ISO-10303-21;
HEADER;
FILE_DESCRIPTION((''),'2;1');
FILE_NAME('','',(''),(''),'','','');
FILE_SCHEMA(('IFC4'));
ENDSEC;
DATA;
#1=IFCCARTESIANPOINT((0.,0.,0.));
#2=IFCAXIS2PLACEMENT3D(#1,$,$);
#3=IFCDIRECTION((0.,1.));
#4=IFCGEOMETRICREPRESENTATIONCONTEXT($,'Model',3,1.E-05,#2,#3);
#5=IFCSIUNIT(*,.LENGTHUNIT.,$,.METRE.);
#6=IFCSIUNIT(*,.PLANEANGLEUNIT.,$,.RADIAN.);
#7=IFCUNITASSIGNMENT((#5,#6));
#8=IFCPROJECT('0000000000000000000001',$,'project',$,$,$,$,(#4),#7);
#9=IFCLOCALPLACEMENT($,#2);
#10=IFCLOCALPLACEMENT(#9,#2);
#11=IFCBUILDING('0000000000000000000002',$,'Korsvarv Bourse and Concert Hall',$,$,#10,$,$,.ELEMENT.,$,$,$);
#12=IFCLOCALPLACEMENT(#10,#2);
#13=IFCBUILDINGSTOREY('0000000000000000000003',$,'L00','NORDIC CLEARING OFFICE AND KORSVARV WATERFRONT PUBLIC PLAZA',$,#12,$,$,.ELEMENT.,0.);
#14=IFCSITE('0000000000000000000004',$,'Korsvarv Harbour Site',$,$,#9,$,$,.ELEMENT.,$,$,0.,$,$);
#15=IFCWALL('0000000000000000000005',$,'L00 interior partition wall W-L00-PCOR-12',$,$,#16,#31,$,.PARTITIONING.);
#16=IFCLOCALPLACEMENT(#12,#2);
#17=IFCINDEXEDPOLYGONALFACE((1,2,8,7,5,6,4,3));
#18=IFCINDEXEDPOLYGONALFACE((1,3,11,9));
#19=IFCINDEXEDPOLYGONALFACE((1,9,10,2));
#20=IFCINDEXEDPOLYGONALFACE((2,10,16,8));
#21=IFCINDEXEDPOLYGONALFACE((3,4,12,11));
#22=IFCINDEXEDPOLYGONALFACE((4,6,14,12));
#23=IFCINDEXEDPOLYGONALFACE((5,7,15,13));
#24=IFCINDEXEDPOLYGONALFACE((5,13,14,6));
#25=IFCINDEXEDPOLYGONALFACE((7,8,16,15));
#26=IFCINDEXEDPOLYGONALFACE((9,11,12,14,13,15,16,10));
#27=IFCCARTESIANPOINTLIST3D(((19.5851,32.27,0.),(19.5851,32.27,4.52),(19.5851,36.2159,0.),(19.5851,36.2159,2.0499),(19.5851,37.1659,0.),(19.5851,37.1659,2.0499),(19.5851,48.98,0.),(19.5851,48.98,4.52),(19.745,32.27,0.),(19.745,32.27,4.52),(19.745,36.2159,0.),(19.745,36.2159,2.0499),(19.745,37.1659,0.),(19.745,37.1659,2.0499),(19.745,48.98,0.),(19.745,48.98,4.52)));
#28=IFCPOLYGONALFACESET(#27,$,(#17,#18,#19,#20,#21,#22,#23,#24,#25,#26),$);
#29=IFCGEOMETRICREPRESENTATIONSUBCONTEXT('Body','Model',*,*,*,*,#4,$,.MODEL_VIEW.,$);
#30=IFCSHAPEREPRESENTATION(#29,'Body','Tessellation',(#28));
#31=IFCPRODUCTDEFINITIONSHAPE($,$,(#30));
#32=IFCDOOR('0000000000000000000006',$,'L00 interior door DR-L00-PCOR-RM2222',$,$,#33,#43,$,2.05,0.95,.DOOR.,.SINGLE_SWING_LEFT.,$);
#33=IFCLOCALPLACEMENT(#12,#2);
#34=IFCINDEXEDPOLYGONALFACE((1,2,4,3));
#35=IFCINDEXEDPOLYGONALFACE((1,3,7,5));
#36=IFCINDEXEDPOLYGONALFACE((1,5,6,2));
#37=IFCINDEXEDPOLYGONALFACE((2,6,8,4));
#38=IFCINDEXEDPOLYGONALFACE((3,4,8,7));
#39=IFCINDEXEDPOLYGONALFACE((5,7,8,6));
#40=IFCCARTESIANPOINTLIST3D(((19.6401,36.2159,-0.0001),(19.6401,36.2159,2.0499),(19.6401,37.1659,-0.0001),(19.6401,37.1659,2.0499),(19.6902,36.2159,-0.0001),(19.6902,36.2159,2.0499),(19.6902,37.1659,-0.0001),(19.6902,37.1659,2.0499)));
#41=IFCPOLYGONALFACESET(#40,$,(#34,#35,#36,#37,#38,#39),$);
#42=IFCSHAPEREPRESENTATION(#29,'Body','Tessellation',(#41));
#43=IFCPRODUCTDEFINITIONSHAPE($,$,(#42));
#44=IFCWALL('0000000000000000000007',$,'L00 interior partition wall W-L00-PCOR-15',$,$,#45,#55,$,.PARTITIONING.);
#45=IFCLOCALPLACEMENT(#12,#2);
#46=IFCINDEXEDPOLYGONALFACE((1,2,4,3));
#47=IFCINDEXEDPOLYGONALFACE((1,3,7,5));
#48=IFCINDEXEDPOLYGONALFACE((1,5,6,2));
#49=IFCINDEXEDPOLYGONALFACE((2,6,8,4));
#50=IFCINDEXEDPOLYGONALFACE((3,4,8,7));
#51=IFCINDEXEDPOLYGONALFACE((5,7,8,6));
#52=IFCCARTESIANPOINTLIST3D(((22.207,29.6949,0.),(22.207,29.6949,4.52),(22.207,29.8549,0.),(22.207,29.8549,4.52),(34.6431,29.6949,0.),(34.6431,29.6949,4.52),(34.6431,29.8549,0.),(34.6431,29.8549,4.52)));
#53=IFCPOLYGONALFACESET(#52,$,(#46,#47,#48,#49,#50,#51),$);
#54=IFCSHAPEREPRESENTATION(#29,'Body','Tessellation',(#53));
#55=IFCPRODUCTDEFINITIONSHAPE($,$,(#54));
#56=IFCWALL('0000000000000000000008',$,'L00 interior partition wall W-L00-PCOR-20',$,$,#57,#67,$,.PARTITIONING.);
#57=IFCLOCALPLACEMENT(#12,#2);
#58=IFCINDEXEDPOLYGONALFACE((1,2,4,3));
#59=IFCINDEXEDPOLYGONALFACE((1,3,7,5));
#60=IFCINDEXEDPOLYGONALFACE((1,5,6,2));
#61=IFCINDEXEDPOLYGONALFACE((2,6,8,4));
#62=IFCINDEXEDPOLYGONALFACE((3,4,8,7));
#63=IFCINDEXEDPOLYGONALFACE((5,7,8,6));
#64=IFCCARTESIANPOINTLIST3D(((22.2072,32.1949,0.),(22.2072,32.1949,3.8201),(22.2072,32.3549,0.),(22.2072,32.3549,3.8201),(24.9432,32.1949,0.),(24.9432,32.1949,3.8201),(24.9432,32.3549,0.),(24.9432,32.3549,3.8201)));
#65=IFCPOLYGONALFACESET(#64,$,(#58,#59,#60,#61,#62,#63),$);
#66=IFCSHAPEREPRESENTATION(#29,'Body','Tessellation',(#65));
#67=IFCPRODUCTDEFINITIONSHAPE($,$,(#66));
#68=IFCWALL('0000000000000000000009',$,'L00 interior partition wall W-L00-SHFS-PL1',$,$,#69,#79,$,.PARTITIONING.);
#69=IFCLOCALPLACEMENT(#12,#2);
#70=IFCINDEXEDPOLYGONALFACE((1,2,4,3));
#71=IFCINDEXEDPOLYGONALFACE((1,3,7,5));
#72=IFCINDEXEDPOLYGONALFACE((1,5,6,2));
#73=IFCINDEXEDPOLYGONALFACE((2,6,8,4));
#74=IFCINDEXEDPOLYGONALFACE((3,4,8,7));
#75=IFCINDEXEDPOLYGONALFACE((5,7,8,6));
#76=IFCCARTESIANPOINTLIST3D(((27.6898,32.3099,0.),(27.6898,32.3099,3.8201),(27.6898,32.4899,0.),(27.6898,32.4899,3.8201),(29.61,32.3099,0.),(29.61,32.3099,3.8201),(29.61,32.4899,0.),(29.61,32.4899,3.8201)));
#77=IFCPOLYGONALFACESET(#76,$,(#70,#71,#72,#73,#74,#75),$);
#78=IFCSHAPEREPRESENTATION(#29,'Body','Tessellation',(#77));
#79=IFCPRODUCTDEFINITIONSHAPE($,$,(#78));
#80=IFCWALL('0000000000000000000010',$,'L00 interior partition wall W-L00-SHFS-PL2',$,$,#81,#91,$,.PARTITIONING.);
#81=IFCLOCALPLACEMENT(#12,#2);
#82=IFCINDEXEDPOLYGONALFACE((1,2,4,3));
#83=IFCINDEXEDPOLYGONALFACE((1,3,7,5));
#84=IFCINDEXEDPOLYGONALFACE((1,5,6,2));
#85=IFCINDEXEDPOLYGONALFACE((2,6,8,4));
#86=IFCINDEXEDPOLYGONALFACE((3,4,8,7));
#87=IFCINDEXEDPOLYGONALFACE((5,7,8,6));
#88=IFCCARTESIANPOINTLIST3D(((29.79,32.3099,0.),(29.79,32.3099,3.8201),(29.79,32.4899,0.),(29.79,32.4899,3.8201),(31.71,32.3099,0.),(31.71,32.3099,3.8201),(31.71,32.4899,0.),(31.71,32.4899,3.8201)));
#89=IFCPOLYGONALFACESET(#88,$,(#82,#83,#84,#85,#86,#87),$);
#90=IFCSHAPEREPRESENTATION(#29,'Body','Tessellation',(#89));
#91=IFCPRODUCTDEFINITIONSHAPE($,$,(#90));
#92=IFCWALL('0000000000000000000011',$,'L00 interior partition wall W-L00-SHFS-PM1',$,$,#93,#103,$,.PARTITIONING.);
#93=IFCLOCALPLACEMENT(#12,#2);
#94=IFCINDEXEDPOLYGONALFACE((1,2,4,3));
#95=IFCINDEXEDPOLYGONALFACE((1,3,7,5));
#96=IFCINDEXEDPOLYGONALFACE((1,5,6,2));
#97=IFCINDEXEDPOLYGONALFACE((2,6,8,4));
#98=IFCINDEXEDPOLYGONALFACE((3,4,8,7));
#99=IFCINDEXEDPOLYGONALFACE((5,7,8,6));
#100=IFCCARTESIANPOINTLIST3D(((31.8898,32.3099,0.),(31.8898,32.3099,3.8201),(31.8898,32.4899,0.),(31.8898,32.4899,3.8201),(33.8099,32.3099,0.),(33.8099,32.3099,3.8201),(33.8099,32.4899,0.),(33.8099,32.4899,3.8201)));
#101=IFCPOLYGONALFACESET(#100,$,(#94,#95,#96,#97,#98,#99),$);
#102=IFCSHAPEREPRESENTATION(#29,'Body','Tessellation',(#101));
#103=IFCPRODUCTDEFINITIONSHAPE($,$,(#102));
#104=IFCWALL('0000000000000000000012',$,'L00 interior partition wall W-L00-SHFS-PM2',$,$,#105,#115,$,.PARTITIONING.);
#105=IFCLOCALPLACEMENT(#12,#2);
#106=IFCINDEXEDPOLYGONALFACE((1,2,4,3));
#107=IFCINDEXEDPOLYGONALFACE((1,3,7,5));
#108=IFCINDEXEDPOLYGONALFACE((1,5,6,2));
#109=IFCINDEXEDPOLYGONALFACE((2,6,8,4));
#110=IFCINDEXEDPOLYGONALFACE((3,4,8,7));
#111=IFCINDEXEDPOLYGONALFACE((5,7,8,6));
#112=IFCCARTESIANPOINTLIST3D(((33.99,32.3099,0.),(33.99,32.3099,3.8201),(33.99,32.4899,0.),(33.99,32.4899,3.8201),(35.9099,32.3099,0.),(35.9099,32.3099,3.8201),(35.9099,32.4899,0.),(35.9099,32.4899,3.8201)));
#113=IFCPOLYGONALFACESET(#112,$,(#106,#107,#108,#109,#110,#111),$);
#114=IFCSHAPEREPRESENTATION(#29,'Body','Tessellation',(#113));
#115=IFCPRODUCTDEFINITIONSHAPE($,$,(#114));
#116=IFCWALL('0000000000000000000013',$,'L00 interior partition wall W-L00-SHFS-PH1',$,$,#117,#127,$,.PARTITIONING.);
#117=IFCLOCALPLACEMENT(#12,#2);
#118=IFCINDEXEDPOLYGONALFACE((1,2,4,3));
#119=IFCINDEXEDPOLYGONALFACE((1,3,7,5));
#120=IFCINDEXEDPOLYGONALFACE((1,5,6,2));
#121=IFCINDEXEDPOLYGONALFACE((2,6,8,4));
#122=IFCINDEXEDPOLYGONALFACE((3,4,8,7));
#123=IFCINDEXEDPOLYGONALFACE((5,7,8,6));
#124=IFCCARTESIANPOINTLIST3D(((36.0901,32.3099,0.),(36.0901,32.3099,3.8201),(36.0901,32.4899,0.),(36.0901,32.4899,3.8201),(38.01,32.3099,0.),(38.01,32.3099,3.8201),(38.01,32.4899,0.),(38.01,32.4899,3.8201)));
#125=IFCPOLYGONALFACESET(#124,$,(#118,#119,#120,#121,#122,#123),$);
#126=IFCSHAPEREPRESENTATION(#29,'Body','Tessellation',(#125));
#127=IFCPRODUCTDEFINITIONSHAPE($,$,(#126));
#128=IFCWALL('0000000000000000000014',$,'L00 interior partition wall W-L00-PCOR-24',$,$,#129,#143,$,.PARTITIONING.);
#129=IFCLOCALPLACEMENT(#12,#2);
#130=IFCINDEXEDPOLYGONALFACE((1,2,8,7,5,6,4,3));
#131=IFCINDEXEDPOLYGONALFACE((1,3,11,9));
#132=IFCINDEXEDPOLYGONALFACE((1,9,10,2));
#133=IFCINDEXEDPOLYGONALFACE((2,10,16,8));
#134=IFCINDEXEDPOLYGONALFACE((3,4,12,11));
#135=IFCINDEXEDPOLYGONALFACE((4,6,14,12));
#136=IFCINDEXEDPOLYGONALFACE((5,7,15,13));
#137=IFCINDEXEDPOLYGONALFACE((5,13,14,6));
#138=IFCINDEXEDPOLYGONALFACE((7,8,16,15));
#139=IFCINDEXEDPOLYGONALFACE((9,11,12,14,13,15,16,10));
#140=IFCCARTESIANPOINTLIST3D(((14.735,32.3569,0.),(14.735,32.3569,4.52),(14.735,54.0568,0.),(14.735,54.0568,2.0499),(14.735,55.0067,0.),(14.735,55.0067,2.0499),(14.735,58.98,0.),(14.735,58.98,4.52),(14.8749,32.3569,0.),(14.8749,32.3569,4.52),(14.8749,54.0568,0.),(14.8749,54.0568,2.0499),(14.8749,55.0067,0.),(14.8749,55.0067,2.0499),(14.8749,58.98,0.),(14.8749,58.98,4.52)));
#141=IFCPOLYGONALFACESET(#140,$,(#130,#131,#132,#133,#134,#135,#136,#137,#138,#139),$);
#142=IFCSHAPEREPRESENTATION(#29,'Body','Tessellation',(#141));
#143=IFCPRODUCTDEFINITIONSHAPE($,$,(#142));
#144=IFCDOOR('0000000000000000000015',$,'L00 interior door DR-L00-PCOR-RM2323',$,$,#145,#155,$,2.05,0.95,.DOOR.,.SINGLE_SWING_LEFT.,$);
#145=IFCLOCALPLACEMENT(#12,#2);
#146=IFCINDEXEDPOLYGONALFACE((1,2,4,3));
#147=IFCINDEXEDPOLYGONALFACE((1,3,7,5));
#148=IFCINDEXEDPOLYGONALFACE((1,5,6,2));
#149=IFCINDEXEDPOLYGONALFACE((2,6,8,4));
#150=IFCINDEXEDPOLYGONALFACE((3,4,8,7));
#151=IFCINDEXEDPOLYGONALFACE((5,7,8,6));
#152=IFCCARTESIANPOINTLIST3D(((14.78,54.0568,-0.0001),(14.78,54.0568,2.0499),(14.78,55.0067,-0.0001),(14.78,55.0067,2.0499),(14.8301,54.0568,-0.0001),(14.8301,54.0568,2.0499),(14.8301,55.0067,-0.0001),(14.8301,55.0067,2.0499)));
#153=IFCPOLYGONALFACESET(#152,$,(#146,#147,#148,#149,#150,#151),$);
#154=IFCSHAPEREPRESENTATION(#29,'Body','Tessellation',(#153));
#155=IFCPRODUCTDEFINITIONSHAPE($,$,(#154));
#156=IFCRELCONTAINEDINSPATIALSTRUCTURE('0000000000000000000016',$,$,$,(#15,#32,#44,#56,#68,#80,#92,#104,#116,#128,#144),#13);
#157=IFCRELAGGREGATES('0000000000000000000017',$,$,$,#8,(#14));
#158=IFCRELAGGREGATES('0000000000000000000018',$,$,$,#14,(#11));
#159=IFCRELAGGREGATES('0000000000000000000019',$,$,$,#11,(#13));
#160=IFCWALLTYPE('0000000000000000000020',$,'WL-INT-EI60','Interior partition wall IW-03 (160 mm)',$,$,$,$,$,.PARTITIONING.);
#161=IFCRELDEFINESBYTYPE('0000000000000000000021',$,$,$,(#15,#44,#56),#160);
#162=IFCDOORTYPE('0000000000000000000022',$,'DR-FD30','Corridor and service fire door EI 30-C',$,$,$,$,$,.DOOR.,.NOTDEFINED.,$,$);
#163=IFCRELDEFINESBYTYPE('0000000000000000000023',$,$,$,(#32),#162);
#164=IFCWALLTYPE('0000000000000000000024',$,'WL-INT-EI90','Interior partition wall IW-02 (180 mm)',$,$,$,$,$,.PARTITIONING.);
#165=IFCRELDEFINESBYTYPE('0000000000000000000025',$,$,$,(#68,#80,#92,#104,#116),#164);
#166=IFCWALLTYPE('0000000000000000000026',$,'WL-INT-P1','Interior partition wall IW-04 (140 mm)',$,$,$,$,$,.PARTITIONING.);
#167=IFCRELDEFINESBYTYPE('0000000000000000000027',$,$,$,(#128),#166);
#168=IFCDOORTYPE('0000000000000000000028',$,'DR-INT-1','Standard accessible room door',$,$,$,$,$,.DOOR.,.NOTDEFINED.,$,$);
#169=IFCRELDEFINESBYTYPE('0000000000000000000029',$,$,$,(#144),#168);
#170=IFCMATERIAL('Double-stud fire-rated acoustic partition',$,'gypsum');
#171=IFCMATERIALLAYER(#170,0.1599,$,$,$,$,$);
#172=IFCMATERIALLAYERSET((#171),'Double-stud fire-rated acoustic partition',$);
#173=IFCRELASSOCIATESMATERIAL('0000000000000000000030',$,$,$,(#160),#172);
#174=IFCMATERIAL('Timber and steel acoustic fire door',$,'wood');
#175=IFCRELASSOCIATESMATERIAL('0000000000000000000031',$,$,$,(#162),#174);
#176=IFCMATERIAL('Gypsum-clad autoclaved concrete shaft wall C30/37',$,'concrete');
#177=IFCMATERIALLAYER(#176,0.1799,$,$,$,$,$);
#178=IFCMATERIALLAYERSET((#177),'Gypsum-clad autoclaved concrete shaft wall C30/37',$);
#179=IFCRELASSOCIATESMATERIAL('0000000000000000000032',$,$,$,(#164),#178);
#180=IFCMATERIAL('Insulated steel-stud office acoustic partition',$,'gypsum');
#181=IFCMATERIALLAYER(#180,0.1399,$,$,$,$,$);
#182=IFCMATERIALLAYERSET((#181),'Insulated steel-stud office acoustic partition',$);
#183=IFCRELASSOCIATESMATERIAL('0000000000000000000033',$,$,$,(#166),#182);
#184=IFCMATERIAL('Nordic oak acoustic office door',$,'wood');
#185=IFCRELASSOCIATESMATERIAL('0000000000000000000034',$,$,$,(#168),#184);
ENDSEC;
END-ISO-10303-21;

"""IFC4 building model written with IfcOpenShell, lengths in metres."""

from ifc_helpers import new_model, si_unit, direction, frame, frame_2d, origin, place, context, subcontext, project, spatial, rectangle, extrude, material, layer, layer_set, type_object, element, fill, save


model = new_model("IFC4")

# Units and contexts
model_context = context("Model", 3, precision=1e-05, world=origin(), true_north=direction((0.0, 1.0)))
body_context = subcontext(model_context, "Body", "Model", "MODEL_VIEW")
ifc_project = project(units=[si_unit("LENGTHUNIT", "METRE"), si_unit("PLANEANGLEUNIT", "RADIAN")], contexts=[model_context])

# Site, building, storey
site_placement = place(None, origin())
site = spatial("IfcSite", under=ifc_project, at=site_placement, Name="Korsvarv Harbour Site", CompositionType="ELEMENT", RefElevation=0.0)
building_placement = place(site_placement, origin())
building = spatial("IfcBuilding", under=site, at=building_placement, Name="Korsvarv Bourse and Concert Hall", CompositionType="ELEMENT")
storey_placement = place(building_placement, origin())
storey = spatial("IfcBuildingStorey", under=building, at=storey_placement, Name="L00", Description="NORDIC CLEARING OFFICE AND KORSVARV WATERFRONT PUBLIC PLAZA", CompositionType="ELEMENT", Elevation=0.0)

# Shared definitions
ifc_material_1 = material(Name="Double-stud fire-rated acoustic partition", Category="gypsum")
ifc_layer_1 = layer(ifc_material_1, 0.1599)
ifc_layer_set_1 = layer_set([ifc_layer_1], Name="Double-stud fire-rated acoustic partition")
wall_type_1 = type_object("IfcWallType", Name="WL-INT-EI60", Description="Interior partition wall IW-03 (160 mm)", PredefinedType="PARTITIONING", material=ifc_layer_set_1)
ifc_material_2 = material(Name="Timber and steel acoustic fire door", Category="wood")
door_type_1 = type_object("IfcDoorType", Name="DR-FD30", Description="Corridor and service fire door EI 30-C", OperationType="NOTDEFINED", PredefinedType="DOOR", material=ifc_material_2)

# Wall, opening, door
wall_1_placement = place(storey_placement, frame((19.665, 32.27, 0.0), z_axis=(0.0, 0.0, 1.0), x_axis=(0.0, 1.0, 0.0)))
wall_1 = element("IfcWall", 1, at=wall_1_placement, inside=storey, type_object=wall_type_1, Name="L00 interior partition wall W-L00-PCOR-12", PredefinedType="PARTITIONING", context=body_context, shape_type="SweptSolid", body=[
    extrude(rectangle(XDim=16.71, YDim=0.1599, at=frame_2d((8.355, 0.0))), origin(), (0.0, 0.0, 1.0), 4.52),
])
opening_1_placement = place(wall_1_placement, frame((3.9458, 0.0, 0.0)))
opening_1 = element("IfcOpeningElement", 2, at=opening_1_placement, cuts=wall_1, PredefinedType="OPENING", context=body_context, shape_type="SweptSolid", body=[
    extrude(rectangle(XDim=0.95, YDim=2.05, at=frame_2d((0.4751, 1.0249))), frame((0.0, 0.0898, 0.0), z_axis=(0.0, -1.0, 0.0), x_axis=(1.0, 0.0, 0.0)), (0.0, 0.0, 1.0), 0.1799),
])
door_1_placement = place(opening_1_placement, origin())
door_1 = element("IfcDoor", 3, at=door_1_placement, inside=storey, type_object=door_type_1, Name="L00 interior door DR-L00-PCOR-RM2222", OperationType="SINGLE_SWING_LEFT", OverallHeight=2.05, OverallWidth=0.95, PredefinedType="DOOR", context=body_context, shape_type="SweptSolid", body=[
    extrude(rectangle(XDim=0.95, YDim=2.05, at=frame_2d((0.4751, 1.0249))), frame((0.0, 0.0249, 0.0), z_axis=(0.0, -1.0, 0.0), x_axis=(1.0, 0.0, 0.0)), (0.0, 0.0, 1.0), 0.05),
])
fill(opening_1, door_1)

# Walls
wall_2_placement = place(storey_placement, frame((22.207, 29.7749, 0.0), z_axis=(0.0, 0.0, 1.0), x_axis=(1.0, 0.0, 0.0)))
element("IfcWall", 4, at=wall_2_placement, inside=storey, type_object=wall_type_1, Name="L00 interior partition wall W-L00-PCOR-15", PredefinedType="PARTITIONING", context=body_context, shape_type="SweptSolid", body=[
    extrude(rectangle(XDim=12.436, YDim=0.1599, at=frame_2d((6.218, 0.0))), origin(), (0.0, 0.0, 1.0), 4.52),
])
wall_3_placement = place(storey_placement, frame((22.207, 32.2749, 0.0), z_axis=(0.0, 0.0, 1.0), x_axis=(1.0, 0.0, 0.0)))
element("IfcWall", 5, at=wall_3_placement, inside=storey, type_object=wall_type_1, Name="L00 interior partition wall W-L00-PCOR-20", PredefinedType="PARTITIONING", context=body_context, shape_type="SweptSolid", body=[
    extrude(rectangle(XDim=2.7361, YDim=0.1599, at=frame_2d((1.3682, 0.0))), origin(), (0.0, 0.0, 1.0), 3.8201),
])
ifc_material_3 = material(Name="Gypsum-clad autoclaved concrete shaft wall C30/37", Category="concrete")
ifc_layer_2 = layer(ifc_material_3, 0.1799)
ifc_layer_set_2 = layer_set([ifc_layer_2], Name="Gypsum-clad autoclaved concrete shaft wall C30/37")
wall_type_2 = type_object("IfcWallType", Name="WL-INT-EI90", Description="Interior partition wall IW-02 (180 mm)", PredefinedType="PARTITIONING", material=ifc_layer_set_2)
wall_4_placement = place(storey_placement, frame((27.6899, 32.3999, 0.0), z_axis=(0.0, 0.0, 1.0), x_axis=(1.0, 0.0, 0.0)))
element("IfcWall", 6, at=wall_4_placement, inside=storey, type_object=wall_type_2, Name="L00 interior partition wall W-L00-SHFS-PL1", PredefinedType="PARTITIONING", context=body_context, shape_type="SweptSolid", body=[
    extrude(rectangle(XDim=1.9202, YDim=0.1799, at=frame_2d((0.96, 0.0))), origin(), (0.0, 0.0, 1.0), 3.8201),
])
wall_5_placement = place(storey_placement, frame((29.79, 32.3999, 0.0), z_axis=(0.0, 0.0, 1.0), x_axis=(1.0, 0.0, 0.0)))
element("IfcWall", 7, at=wall_5_placement, inside=storey, type_object=wall_type_2, Name="L00 interior partition wall W-L00-SHFS-PL2", PredefinedType="PARTITIONING", context=body_context, shape_type="SweptSolid", body=[
    extrude(rectangle(XDim=1.9199, YDim=0.1799, at=frame_2d((0.96, 0.0))), origin(), (0.0, 0.0, 1.0), 3.8201),
])
wall_6_placement = place(storey_placement, frame((31.8899, 32.3999, 0.0), z_axis=(0.0, 0.0, 1.0), x_axis=(1.0, 0.0, 0.0)))
element("IfcWall", 8, at=wall_6_placement, inside=storey, type_object=wall_type_2, Name="L00 interior partition wall W-L00-SHFS-PM1", PredefinedType="PARTITIONING", context=body_context, shape_type="SweptSolid", body=[
    extrude(rectangle(XDim=1.9202, YDim=0.1799, at=frame_2d((0.96, 0.0))), origin(), (0.0, 0.0, 1.0), 3.8201),
])
for number, where, z_axis, x_axis, name in (
    (9, (33.99, 32.3999, 0.0), (0.0, 0.0, 1.0), (1.0, 0.0, 0.0), "L00 interior partition wall W-L00-SHFS-PM2"),
    (10, (36.0901, 32.3999, 0.0), (0.0, 0.0, 1.0), (1.0, 0.0, 0.0), "L00 interior partition wall W-L00-SHFS-PH1"),
):
    element("IfcWall", number, at=place(storey_placement, frame(where, z_axis=z_axis, x_axis=x_axis)), inside=storey, type_object=wall_type_2, Name=name, PredefinedType="PARTITIONING", context=body_context, shape_type="SweptSolid", body=[
        extrude(rectangle(XDim=1.9199, YDim=0.1799, at=frame_2d((0.96, 0.0))), origin(), (0.0, 0.0, 1.0), 3.8201),
    ])

# Wall, opening, door
ifc_material_4 = material(Name="Insulated steel-stud office acoustic partition", Category="gypsum")
ifc_layer_3 = layer(ifc_material_4, 0.1399)
ifc_layer_set_3 = layer_set([ifc_layer_3], Name="Insulated steel-stud office acoustic partition")
wall_type_3 = type_object("IfcWallType", Name="WL-INT-P1", Description="Interior partition wall IW-04 (140 mm)", PredefinedType="PARTITIONING", material=ifc_layer_set_3)
wall_7_placement = place(storey_placement, frame((14.8049, 32.3569, 0.0), z_axis=(0.0, 0.0, 1.0), x_axis=(0.0, 1.0, 0.0)))
wall_7 = element("IfcWall", 11, at=wall_7_placement, inside=storey, type_object=wall_type_3, Name="L00 interior partition wall W-L00-PCOR-24", PredefinedType="PARTITIONING", context=body_context, shape_type="SweptSolid", body=[
    extrude(rectangle(XDim=26.623, YDim=0.1399, at=frame_2d((13.3115, 0.0))), origin(), (0.0, 0.0, 1.0), 4.52),
])
opening_2_placement = place(wall_7_placement, frame((21.6997, 0.0, 0.0)))
opening_2 = element("IfcOpeningElement", 12, at=opening_2_placement, cuts=wall_7, PredefinedType="OPENING", context=body_context, shape_type="SweptSolid", body=[
    extrude(rectangle(XDim=0.95, YDim=2.05, at=frame_2d((0.4751, 1.0249))), frame((0.0, 0.0801, 0.0), z_axis=(0.0, -1.0, 0.0), x_axis=(1.0, 0.0, 0.0)), (0.0, 0.0, 1.0), 0.1599),
])
ifc_material_5 = material(Name="Nordic oak acoustic office door", Category="wood")
door_type_2 = type_object("IfcDoorType", Name="DR-INT-1", Description="Standard accessible room door", OperationType="NOTDEFINED", PredefinedType="DOOR", material=ifc_material_5)
door_2_placement = place(opening_2_placement, origin())
door_2 = element("IfcDoor", 13, at=door_2_placement, inside=storey, type_object=door_type_2, Name="L00 interior door DR-L00-PCOR-RM2323", OperationType="SINGLE_SWING_LEFT", OverallHeight=2.05, OverallWidth=0.95, PredefinedType="DOOR", context=body_context, shape_type="SweptSolid", body=[
    extrude(rectangle(XDim=0.95, YDim=2.05, at=frame_2d((0.4751, 1.0249))), frame((0.0, 0.0249, 0.0), z_axis=(0.0, -1.0, 0.0), x_axis=(1.0, 0.0, 0.0)), (0.0, 0.0, 1.0), 0.05),
])
fill(opening_2, door_2)

save(model, "model.ifc")
